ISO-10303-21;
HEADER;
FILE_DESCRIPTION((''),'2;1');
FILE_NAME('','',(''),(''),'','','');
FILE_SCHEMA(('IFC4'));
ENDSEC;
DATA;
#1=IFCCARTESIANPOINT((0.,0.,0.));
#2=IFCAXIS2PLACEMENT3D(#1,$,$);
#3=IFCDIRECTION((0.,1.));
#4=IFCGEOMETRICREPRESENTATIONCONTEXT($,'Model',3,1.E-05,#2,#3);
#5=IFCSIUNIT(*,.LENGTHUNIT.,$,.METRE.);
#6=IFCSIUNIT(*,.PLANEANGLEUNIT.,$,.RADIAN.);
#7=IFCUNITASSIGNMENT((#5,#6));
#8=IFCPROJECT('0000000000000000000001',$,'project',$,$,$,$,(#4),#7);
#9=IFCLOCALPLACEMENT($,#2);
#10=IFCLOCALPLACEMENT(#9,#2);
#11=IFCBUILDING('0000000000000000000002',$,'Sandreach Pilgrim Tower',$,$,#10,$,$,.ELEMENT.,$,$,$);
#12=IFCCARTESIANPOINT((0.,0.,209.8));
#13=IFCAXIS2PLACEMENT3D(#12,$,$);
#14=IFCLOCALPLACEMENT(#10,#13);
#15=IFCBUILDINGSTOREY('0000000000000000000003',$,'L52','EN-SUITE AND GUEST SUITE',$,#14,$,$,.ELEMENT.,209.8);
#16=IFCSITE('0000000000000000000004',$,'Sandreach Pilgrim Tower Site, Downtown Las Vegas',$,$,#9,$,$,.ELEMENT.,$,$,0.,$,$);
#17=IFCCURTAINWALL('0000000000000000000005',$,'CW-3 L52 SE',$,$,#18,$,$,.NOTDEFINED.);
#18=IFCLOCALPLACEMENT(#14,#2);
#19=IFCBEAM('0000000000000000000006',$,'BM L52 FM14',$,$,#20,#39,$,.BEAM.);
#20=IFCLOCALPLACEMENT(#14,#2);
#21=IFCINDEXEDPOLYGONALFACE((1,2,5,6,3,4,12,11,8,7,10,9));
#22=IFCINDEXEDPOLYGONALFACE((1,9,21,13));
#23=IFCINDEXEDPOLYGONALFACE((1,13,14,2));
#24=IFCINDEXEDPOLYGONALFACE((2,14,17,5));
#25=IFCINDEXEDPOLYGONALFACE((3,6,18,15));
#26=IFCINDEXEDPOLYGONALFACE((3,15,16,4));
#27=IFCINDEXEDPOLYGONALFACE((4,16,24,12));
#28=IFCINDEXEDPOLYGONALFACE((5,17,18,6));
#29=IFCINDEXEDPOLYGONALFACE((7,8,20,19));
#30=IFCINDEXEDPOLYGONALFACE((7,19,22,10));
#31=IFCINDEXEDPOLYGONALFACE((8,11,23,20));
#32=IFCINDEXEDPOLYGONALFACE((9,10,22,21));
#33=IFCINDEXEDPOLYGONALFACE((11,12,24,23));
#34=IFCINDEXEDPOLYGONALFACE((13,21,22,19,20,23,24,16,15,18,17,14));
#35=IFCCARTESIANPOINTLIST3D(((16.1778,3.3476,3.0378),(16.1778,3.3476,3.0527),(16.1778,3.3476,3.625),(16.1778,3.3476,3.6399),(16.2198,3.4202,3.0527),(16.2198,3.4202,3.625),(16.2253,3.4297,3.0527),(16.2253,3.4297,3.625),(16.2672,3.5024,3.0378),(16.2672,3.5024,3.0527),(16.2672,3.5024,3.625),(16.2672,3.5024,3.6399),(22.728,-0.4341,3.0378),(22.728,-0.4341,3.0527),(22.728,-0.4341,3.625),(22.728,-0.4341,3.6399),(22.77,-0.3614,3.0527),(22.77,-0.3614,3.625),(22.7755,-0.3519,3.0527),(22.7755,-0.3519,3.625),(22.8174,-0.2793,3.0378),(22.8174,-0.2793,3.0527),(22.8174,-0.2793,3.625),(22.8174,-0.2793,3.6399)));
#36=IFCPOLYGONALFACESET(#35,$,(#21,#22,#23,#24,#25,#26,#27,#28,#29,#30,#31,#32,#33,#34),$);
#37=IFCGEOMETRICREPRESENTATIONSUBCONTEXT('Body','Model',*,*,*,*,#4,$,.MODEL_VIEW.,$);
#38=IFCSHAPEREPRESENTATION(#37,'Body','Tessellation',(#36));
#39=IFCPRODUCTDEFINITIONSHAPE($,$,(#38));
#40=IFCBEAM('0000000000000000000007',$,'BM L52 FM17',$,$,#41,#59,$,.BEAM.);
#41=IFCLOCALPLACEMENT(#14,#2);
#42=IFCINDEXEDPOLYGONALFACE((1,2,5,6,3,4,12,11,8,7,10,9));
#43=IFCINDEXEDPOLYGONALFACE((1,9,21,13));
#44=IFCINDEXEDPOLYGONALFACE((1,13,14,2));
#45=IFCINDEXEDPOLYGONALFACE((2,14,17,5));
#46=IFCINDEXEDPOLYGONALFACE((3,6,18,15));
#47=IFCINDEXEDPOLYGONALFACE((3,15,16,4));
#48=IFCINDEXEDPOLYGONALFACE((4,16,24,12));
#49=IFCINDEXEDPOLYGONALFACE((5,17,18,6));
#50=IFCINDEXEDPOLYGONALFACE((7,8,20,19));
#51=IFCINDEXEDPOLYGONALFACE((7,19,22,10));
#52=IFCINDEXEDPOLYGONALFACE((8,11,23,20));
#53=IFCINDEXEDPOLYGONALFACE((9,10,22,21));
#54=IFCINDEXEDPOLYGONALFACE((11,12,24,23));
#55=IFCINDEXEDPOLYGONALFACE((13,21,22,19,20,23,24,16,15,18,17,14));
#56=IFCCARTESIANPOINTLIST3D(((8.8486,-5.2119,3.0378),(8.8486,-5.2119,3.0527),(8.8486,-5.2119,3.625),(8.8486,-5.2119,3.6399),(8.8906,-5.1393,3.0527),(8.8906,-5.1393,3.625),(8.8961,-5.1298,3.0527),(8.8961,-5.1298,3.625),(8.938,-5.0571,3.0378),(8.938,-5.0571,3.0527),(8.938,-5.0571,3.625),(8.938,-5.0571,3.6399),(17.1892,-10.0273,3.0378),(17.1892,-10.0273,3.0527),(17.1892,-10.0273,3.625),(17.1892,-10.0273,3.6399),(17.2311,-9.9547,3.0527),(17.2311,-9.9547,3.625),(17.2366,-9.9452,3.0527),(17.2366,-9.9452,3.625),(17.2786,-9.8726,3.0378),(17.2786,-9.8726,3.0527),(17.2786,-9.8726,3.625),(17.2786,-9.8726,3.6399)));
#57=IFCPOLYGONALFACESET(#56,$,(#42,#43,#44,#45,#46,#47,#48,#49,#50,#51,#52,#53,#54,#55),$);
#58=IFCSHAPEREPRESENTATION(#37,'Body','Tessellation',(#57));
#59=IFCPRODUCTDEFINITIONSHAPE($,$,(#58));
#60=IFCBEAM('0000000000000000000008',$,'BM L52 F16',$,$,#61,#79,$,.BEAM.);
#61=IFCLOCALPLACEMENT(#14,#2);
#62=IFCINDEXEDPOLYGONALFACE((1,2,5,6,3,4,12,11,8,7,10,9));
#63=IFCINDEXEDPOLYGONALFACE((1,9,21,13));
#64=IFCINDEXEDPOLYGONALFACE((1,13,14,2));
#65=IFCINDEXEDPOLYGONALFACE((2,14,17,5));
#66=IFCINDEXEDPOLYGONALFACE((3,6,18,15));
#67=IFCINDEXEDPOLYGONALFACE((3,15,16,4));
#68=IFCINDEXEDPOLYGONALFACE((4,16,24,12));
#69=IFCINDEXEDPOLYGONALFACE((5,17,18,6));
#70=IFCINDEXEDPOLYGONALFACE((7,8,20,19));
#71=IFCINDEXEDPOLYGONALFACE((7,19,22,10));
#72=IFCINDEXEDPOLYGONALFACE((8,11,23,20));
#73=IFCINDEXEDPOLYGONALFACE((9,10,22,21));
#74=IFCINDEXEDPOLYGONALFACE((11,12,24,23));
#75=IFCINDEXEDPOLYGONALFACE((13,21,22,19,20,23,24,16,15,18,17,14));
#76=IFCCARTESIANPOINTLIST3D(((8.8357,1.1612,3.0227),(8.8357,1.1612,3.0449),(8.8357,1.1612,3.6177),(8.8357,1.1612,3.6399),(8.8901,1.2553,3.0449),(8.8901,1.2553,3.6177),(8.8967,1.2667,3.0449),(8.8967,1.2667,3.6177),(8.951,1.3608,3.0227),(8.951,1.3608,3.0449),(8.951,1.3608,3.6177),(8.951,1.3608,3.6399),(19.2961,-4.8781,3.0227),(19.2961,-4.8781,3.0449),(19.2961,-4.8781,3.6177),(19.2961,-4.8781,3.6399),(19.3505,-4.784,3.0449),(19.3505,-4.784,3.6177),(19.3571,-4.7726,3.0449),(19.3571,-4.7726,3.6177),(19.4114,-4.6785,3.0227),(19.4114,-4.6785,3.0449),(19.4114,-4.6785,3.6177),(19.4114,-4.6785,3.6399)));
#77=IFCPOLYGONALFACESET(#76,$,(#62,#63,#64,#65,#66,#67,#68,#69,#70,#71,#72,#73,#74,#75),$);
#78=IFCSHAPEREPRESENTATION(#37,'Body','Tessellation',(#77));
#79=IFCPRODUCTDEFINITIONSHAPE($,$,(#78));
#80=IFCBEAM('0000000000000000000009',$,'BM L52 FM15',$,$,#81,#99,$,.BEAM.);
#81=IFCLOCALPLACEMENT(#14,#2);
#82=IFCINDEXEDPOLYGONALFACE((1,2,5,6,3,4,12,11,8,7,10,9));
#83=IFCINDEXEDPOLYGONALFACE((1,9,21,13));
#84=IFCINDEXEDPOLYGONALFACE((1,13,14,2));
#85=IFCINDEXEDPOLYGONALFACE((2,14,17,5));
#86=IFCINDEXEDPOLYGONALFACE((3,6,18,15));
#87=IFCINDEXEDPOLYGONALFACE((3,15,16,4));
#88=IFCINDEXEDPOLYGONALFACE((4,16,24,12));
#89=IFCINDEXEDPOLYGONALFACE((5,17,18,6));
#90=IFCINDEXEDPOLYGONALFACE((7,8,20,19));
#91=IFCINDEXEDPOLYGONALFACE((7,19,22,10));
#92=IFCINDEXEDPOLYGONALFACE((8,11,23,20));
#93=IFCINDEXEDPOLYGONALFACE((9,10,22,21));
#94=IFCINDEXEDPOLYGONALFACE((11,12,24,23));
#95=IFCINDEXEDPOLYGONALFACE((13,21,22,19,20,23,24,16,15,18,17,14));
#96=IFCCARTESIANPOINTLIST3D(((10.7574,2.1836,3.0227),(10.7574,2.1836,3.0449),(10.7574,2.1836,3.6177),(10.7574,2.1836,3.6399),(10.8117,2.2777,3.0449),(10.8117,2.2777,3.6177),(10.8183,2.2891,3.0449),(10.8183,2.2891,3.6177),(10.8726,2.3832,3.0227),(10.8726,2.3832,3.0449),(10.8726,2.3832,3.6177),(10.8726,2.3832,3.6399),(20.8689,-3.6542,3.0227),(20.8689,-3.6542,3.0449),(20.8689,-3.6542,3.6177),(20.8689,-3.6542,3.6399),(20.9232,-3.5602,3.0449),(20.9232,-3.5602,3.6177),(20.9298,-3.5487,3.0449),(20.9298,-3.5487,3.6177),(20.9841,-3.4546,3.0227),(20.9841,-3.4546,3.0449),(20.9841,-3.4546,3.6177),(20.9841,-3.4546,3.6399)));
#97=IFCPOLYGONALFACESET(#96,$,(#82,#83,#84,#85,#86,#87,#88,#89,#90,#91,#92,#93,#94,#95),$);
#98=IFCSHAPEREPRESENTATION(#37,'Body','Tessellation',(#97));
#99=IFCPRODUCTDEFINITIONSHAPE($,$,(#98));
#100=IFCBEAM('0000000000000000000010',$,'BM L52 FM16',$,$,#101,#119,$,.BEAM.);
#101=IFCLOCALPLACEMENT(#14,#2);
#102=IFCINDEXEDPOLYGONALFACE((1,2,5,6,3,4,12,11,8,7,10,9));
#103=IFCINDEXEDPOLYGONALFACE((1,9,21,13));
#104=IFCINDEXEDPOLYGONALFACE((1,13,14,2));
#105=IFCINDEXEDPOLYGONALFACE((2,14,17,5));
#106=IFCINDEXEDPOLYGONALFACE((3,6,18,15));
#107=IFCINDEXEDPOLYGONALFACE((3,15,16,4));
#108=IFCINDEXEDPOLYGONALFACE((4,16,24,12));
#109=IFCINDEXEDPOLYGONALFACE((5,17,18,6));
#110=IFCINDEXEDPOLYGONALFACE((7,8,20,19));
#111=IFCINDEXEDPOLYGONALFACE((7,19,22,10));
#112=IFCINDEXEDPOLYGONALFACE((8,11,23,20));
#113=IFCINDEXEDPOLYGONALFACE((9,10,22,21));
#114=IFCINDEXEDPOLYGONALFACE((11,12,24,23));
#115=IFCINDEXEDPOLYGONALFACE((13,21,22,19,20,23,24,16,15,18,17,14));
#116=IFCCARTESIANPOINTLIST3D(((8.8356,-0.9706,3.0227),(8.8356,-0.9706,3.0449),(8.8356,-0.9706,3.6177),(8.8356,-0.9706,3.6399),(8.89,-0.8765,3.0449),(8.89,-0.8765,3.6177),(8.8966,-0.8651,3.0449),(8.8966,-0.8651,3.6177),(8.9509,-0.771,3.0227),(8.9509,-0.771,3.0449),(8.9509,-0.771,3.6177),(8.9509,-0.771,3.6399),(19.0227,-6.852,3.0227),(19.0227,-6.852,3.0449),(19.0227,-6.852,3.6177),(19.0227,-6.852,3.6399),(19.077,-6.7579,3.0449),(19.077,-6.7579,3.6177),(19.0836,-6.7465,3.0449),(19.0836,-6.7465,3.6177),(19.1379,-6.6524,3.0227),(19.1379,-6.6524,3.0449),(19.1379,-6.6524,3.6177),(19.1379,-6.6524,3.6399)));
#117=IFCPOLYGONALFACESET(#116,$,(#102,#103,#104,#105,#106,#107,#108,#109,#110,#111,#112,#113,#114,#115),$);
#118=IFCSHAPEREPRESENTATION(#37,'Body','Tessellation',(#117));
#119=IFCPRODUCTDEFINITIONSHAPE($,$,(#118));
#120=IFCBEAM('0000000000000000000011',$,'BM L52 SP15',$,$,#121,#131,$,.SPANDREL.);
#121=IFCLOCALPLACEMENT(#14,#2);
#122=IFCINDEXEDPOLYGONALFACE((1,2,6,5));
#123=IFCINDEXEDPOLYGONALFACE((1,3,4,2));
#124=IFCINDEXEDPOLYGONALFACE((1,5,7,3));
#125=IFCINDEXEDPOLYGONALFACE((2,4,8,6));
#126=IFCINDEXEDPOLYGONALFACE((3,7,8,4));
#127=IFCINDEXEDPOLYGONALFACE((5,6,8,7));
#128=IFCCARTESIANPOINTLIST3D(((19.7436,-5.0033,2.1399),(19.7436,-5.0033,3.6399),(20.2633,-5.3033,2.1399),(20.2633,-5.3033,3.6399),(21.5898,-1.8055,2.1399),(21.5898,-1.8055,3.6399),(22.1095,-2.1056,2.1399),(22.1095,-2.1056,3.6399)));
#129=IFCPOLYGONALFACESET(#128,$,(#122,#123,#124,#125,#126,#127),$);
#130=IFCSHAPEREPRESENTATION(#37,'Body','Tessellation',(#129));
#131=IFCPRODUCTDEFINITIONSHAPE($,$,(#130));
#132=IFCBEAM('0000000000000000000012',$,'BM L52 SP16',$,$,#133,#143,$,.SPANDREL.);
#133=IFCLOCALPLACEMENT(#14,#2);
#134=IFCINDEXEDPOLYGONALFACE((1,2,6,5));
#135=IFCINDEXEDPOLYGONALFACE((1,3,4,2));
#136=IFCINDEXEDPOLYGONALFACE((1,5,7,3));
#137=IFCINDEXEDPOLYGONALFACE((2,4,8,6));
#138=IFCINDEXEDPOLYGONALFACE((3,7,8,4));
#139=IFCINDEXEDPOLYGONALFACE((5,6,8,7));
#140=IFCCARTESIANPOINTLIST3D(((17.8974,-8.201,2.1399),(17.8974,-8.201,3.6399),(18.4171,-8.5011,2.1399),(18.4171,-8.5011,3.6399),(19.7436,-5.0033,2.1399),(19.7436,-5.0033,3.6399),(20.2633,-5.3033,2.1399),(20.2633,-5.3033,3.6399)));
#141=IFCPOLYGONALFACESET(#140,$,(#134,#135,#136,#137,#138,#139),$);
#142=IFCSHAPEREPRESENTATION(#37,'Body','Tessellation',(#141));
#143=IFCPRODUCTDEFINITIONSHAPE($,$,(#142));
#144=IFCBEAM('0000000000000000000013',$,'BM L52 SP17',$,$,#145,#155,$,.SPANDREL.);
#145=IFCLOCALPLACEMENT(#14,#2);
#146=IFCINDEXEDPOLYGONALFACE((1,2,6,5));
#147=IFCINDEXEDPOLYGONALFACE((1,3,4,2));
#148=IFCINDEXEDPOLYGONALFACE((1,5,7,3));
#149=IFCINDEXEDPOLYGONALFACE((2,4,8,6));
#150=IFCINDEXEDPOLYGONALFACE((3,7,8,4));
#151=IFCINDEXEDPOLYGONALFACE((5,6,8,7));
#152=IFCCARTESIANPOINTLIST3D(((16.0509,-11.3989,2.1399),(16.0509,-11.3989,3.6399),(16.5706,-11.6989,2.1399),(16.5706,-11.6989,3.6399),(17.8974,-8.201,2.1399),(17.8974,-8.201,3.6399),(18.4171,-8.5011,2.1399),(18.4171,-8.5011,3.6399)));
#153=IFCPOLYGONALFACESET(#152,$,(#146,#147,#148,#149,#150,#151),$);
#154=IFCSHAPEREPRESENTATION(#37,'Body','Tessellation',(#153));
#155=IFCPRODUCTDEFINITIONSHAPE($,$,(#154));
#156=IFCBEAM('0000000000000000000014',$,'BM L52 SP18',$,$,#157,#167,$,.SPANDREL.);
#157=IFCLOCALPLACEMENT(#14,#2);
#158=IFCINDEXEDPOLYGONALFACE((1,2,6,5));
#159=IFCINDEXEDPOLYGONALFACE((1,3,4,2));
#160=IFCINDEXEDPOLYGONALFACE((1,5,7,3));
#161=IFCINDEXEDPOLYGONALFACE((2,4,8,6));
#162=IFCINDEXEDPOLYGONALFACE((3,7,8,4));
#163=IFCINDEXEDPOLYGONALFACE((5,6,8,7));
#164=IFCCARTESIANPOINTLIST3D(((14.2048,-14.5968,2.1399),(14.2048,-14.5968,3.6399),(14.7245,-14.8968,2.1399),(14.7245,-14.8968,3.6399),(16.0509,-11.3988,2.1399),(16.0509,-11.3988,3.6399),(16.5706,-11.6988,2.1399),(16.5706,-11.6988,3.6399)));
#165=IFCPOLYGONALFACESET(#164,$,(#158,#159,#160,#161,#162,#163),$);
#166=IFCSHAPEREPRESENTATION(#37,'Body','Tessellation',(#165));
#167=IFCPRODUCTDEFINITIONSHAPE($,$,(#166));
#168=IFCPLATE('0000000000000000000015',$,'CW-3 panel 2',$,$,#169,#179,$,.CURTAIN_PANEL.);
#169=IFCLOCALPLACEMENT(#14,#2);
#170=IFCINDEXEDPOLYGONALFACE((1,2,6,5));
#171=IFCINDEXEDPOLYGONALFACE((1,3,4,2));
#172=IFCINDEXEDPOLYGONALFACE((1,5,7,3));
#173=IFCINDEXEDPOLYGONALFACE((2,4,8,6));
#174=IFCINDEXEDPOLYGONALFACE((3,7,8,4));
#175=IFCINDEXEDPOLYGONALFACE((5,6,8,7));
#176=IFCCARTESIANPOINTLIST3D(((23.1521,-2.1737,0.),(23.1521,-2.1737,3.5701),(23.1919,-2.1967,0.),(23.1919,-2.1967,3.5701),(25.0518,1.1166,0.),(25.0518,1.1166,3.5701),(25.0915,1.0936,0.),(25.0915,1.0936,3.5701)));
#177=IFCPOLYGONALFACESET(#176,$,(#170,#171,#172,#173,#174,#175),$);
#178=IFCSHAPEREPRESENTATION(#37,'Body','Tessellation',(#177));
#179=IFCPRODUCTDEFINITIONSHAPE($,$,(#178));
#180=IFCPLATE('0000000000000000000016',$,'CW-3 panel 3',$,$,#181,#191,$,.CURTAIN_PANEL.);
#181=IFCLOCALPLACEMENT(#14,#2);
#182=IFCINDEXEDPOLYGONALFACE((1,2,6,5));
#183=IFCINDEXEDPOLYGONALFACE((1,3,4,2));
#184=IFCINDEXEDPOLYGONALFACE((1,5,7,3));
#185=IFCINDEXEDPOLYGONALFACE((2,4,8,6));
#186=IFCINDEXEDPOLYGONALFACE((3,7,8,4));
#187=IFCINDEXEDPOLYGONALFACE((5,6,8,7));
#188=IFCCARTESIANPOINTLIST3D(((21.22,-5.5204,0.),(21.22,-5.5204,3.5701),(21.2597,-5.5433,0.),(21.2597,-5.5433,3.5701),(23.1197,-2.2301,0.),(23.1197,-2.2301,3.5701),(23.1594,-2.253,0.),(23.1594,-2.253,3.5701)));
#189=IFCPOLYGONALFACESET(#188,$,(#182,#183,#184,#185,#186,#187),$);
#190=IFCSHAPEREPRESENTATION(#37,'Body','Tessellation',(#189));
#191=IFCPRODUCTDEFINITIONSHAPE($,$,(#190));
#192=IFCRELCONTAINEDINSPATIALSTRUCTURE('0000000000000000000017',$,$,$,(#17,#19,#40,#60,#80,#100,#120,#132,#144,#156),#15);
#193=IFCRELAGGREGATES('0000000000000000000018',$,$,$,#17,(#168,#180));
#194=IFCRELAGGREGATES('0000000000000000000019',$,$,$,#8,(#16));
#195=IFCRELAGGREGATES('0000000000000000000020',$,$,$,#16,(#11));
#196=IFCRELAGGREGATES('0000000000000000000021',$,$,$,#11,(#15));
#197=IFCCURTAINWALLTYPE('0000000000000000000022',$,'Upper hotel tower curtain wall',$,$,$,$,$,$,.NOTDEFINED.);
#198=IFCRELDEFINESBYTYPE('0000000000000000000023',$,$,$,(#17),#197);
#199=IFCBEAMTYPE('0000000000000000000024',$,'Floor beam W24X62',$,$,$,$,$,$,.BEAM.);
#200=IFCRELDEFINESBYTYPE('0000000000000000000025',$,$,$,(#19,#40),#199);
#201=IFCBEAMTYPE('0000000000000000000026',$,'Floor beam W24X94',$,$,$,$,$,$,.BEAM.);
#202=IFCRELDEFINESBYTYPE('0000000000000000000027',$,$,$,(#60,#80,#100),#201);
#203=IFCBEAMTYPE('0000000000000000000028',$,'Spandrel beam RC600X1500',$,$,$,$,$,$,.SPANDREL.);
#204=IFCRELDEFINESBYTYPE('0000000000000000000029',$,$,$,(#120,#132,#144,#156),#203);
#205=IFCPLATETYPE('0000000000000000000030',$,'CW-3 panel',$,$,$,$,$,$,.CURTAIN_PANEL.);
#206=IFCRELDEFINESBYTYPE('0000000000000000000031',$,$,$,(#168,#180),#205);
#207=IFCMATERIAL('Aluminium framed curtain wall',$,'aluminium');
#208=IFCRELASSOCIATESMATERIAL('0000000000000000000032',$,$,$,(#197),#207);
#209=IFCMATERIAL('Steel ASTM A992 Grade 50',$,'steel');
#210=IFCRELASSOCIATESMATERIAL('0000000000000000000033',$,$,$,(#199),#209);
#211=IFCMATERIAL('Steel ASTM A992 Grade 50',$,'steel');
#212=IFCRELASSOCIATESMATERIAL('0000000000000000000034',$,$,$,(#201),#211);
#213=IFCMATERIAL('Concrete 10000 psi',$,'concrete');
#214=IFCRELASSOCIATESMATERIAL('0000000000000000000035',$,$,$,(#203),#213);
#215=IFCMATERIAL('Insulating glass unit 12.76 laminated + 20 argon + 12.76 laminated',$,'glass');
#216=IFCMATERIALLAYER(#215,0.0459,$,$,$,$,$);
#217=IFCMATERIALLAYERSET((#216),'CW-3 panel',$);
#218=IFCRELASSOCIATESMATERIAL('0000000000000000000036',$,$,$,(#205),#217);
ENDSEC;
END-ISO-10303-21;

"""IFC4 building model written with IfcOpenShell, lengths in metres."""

from ifc_helpers import new_model, si_unit, direction, frame, origin, origin_2d, place, context, subcontext, project, spatial, rectangle, i_section, extrude, material, layer, layer_set, material_profile, profile_set, type_object, element, aggregate, save


model = new_model("IFC4")

# Units and contexts
model_context = context("Model", 3, precision=1e-05, world=origin(), true_north=direction((0.0, 1.0)))
body_context = subcontext(model_context, "Body", "Model", "MODEL_VIEW")
ifc_project = project(units=[si_unit("LENGTHUNIT", "METRE"), si_unit("PLANEANGLEUNIT", "RADIAN")], contexts=[model_context])

# Site, building, storey
site_placement = place(None, origin())
site = spatial("IfcSite", under=ifc_project, at=site_placement, Name="Sandreach Pilgrim Tower Site, Downtown Las Vegas", CompositionType="ELEMENT", RefElevation=0.0)
building_placement = place(site_placement, origin())
building = spatial("IfcBuilding", under=site, at=building_placement, Name="Sandreach Pilgrim Tower", CompositionType="ELEMENT")
storey_placement = place(building_placement, frame((0.0, 0.0, 209.8)))
storey = spatial("IfcBuildingStorey", under=building, at=storey_placement, Name="L52", Description="EN-SUITE AND GUEST SUITE", CompositionType="ELEMENT", Elevation=209.8)

# Curtain wall
ifc_material_1 = material(Name="Aluminium framed curtain wall", Category="aluminium")
curtain_wall_type = type_object("IfcCurtainWallType", Name="Upper hotel tower curtain wall", PredefinedType="NOTDEFINED", material=ifc_material_1)
curtain_wall_placement = place(storey_placement, origin())
curtain_wall = element("IfcCurtainWall", 1, at=curtain_wall_placement, inside=storey, type_object=curtain_wall_type, Name="CW-3 L52 SE", PredefinedType="NOTDEFINED")

# Beams
ifc_material_2 = material(Name="Steel ASTM A992 Grade 50", Category="steel")
ifc_material_profile_1 = material_profile(ifc_material_2, i_section(OverallWidth=0.1787, OverallDepth=0.6021, WebThickness=0.011, FlangeThickness=0.0149, at=origin_2d()), Name="W24X62")
ifc_profile_set_1 = profile_set([ifc_material_profile_1], Name="Steel ASTM A992 Grade 50")
beam_type_1 = type_object("IfcBeamType", Name="Floor beam W24X62", PredefinedType="BEAM", material=ifc_profile_set_1)
beam_1_placement = place(storey_placement, frame((22.7727, -0.3567, 3.3389), z_axis=(-0.86603, 0.499993, 0.0), x_axis=(-0.499993, -0.86603, 0.0)))
element("IfcBeam", 2, at=beam_1_placement, inside=storey, type_object=beam_type_1, Name="BM L52 FM14", PredefinedType="BEAM", context=body_context, shape_type="SweptSolid", body=[
    extrude(i_section(OverallWidth=0.1787, OverallDepth=0.6021, WebThickness=0.011, FlangeThickness=0.0149, at=origin_2d()), origin(), (0.0, 0.0, 1.0), 7.5635),
])
beam_2_placement = place(storey_placement, frame((17.2339, -9.95, 3.3389), z_axis=(-0.866026, 0.5, 0.0), x_axis=(-0.5, -0.866026, 0.0)))
element("IfcBeam", 3, at=beam_2_placement, inside=storey, type_object=beam_type_1, Name="BM L52 FM17", PredefinedType="BEAM", context=body_context, shape_type="SweptSolid", body=[
    extrude(i_section(OverallWidth=0.1787, OverallDepth=0.6021, WebThickness=0.011, FlangeThickness=0.0149, at=origin_2d()), origin(), (0.0, 0.0, 1.0), 9.6309),
])
ifc_material_3 = material(Name="Steel ASTM A992 Grade 50", Category="steel")
ifc_material_profile_2 = material_profile(ifc_material_3, i_section(OverallWidth=0.2305, OverallDepth=0.6172, WebThickness=0.0132, FlangeThickness=0.0222, at=origin_2d()), Name="W24X94")
ifc_profile_set_2 = profile_set([ifc_material_profile_2], Name="Steel ASTM A992 Grade 50")
beam_type_2 = type_object("IfcBeamType", Name="Floor beam W24X94", PredefinedType="BEAM", material=ifc_profile_set_2)
beam_3_placement = place(storey_placement, frame((19.3538, -4.7783, 3.3313), z_axis=(-0.866027, 0.499998, 0.0), x_axis=(-0.499998, -0.866027, 0.0)))
element("IfcBeam", 4, at=beam_3_placement, inside=storey, type_object=beam_type_2, Name="BM L52 F16", PredefinedType="BEAM", context=body_context, shape_type="SweptSolid", body=[
    extrude(i_section(OverallWidth=0.2305, OverallDepth=0.6172, WebThickness=0.0132, FlangeThickness=0.0222, at=origin_2d()), origin(), (0.0, 0.0, 1.0), 12.0786),
])
beam_4_placement = place(storey_placement, frame((20.9265, -3.5544, 3.3313), z_axis=(-0.866026, 0.499998, 0.0), x_axis=(-0.499998, -0.866026, 0.0)))
element("IfcBeam", 5, at=beam_4_placement, inside=storey, type_object=beam_type_2, Name="BM L52 FM15", PredefinedType="BEAM", context=body_context, shape_type="SweptSolid", body=[
    extrude(i_section(OverallWidth=0.2305, OverallDepth=0.6172, WebThickness=0.0132, FlangeThickness=0.0222, at=origin_2d()), origin(), (0.0, 0.0, 1.0), 11.6758),
])
beam_5_placement = place(storey_placement, frame((19.0803, -6.7522, 3.3313), z_axis=(-0.86603, 0.499992, 0.0), x_axis=(-0.499992, -0.86603, 0.0)))
element("IfcBeam", 6, at=beam_5_placement, inside=storey, type_object=beam_type_2, Name="BM L52 FM16", PredefinedType="BEAM", context=body_context, shape_type="SweptSolid", body=[
    extrude(i_section(OverallWidth=0.2305, OverallDepth=0.6172, WebThickness=0.0132, FlangeThickness=0.0222, at=origin_2d()), origin(), (0.0, 0.0, 1.0), 11.7629),
])
ifc_material_4 = material(Name="Concrete 10000 psi", Category="concrete")
ifc_material_profile_3 = material_profile(ifc_material_4, rectangle(XDim=0.6001, YDim=1.5, at=origin_2d()), Name="RC600X1500")
ifc_profile_set_3 = profile_set([ifc_material_profile_3], Name="Concrete 10000 psi")
beam_type_3 = type_object("IfcBeamType", Name="Spandrel beam RC600X1500", PredefinedType="SPANDREL", material=ifc_profile_set_3)
for number, where, z_axis, x_axis, name in (
    (7, (21.8496, -1.9556, 2.8899), (-0.499993, -0.866029, 0.0), (0.866029, -0.499993, 0.0), "BM L52 SP15"),
    (8, (20.0034, -5.1533, 2.8899), (-0.499993, -0.866029, 0.0), (0.866029, -0.499993, 0.0), "BM L52 SP16"),
):
    element("IfcBeam", number, at=place(storey_placement, frame(where, z_axis=z_axis, x_axis=x_axis)), inside=storey, type_object=beam_type_3, Name=name, PredefinedType="SPANDREL", context=body_context, shape_type="SweptSolid", body=[
        extrude(rectangle(XDim=0.6001, YDim=1.5, at=origin_2d()), origin(), (0.0, 0.0, 1.0), 3.6924),
    ])
for number, where, z_axis, x_axis, name in (
    (9, (18.1572, -8.3511, 2.8899), (-0.500043, -0.866001, 0.0), (0.866001, -0.500043, 0.0), "BM L52 SP17"),
    (10, (16.3108, -11.5488, 2.8899), (-0.499965, -0.866046, 0.0), (0.866046, -0.499965, 0.0), "BM L52 SP18"),
):
    element("IfcBeam", number, at=place(storey_placement, frame(where, z_axis=z_axis, x_axis=x_axis)), inside=storey, type_object=beam_type_3, Name=name, PredefinedType="SPANDREL", context=body_context, shape_type="SweptSolid", body=[
        extrude(rectangle(XDim=0.6001, YDim=1.5, at=origin_2d()), origin(), (0.0, 0.0, 1.0), 3.6926),
    ])

# Plates
ifc_material_5 = material(Name="Insulating glass unit 12.76 laminated + 20 argon + 12.76 laminated", Category="glass")
ifc_layer_1 = layer(ifc_material_5, 0.0459)
ifc_layer_set_1 = layer_set([ifc_layer_1], Name="CW-3 panel")
plate_type = type_object("IfcPlateType", Name="CW-3 panel", PredefinedType="CURTAIN_PANEL", material=ifc_layer_set_1)
plate_1_placement = place(storey_placement, frame((24.1218, -0.54, 0.0), z_axis=(0.0, 0.0, 1.0), x_axis=(-0.5, -0.866025, 0.0)))
plate_1 = element("IfcPlate", 11, at=plate_1_placement, type_object=plate_type, Name="CW-3 panel 2", PredefinedType="CURTAIN_PANEL", context=body_context, shape_type="SweptSolid", body=[
    extrude(rectangle(XDim=3.7993, YDim=0.0459, at=origin_2d()), origin(), (0.0, 0.0, 1.0), 3.5701),
])
plate_2_placement = place(storey_placement, frame((22.1897, -3.8867, 0.0), z_axis=(0.0, 0.0, 1.0), x_axis=(-0.5, -0.866025, 0.0)))
plate_2 = element("IfcPlate", 12, at=plate_2_placement, type_object=plate_type, Name="CW-3 panel 3", PredefinedType="CURTAIN_PANEL", context=body_context, shape_type="SweptSolid", body=[
    extrude(rectangle(XDim=3.7993, YDim=0.0459, at=origin_2d()), origin(), (0.0, 0.0, 1.0), 3.5701),
])
aggregate(curtain_wall, [plate_1, plate_2])

save(model, "model.ifc")
